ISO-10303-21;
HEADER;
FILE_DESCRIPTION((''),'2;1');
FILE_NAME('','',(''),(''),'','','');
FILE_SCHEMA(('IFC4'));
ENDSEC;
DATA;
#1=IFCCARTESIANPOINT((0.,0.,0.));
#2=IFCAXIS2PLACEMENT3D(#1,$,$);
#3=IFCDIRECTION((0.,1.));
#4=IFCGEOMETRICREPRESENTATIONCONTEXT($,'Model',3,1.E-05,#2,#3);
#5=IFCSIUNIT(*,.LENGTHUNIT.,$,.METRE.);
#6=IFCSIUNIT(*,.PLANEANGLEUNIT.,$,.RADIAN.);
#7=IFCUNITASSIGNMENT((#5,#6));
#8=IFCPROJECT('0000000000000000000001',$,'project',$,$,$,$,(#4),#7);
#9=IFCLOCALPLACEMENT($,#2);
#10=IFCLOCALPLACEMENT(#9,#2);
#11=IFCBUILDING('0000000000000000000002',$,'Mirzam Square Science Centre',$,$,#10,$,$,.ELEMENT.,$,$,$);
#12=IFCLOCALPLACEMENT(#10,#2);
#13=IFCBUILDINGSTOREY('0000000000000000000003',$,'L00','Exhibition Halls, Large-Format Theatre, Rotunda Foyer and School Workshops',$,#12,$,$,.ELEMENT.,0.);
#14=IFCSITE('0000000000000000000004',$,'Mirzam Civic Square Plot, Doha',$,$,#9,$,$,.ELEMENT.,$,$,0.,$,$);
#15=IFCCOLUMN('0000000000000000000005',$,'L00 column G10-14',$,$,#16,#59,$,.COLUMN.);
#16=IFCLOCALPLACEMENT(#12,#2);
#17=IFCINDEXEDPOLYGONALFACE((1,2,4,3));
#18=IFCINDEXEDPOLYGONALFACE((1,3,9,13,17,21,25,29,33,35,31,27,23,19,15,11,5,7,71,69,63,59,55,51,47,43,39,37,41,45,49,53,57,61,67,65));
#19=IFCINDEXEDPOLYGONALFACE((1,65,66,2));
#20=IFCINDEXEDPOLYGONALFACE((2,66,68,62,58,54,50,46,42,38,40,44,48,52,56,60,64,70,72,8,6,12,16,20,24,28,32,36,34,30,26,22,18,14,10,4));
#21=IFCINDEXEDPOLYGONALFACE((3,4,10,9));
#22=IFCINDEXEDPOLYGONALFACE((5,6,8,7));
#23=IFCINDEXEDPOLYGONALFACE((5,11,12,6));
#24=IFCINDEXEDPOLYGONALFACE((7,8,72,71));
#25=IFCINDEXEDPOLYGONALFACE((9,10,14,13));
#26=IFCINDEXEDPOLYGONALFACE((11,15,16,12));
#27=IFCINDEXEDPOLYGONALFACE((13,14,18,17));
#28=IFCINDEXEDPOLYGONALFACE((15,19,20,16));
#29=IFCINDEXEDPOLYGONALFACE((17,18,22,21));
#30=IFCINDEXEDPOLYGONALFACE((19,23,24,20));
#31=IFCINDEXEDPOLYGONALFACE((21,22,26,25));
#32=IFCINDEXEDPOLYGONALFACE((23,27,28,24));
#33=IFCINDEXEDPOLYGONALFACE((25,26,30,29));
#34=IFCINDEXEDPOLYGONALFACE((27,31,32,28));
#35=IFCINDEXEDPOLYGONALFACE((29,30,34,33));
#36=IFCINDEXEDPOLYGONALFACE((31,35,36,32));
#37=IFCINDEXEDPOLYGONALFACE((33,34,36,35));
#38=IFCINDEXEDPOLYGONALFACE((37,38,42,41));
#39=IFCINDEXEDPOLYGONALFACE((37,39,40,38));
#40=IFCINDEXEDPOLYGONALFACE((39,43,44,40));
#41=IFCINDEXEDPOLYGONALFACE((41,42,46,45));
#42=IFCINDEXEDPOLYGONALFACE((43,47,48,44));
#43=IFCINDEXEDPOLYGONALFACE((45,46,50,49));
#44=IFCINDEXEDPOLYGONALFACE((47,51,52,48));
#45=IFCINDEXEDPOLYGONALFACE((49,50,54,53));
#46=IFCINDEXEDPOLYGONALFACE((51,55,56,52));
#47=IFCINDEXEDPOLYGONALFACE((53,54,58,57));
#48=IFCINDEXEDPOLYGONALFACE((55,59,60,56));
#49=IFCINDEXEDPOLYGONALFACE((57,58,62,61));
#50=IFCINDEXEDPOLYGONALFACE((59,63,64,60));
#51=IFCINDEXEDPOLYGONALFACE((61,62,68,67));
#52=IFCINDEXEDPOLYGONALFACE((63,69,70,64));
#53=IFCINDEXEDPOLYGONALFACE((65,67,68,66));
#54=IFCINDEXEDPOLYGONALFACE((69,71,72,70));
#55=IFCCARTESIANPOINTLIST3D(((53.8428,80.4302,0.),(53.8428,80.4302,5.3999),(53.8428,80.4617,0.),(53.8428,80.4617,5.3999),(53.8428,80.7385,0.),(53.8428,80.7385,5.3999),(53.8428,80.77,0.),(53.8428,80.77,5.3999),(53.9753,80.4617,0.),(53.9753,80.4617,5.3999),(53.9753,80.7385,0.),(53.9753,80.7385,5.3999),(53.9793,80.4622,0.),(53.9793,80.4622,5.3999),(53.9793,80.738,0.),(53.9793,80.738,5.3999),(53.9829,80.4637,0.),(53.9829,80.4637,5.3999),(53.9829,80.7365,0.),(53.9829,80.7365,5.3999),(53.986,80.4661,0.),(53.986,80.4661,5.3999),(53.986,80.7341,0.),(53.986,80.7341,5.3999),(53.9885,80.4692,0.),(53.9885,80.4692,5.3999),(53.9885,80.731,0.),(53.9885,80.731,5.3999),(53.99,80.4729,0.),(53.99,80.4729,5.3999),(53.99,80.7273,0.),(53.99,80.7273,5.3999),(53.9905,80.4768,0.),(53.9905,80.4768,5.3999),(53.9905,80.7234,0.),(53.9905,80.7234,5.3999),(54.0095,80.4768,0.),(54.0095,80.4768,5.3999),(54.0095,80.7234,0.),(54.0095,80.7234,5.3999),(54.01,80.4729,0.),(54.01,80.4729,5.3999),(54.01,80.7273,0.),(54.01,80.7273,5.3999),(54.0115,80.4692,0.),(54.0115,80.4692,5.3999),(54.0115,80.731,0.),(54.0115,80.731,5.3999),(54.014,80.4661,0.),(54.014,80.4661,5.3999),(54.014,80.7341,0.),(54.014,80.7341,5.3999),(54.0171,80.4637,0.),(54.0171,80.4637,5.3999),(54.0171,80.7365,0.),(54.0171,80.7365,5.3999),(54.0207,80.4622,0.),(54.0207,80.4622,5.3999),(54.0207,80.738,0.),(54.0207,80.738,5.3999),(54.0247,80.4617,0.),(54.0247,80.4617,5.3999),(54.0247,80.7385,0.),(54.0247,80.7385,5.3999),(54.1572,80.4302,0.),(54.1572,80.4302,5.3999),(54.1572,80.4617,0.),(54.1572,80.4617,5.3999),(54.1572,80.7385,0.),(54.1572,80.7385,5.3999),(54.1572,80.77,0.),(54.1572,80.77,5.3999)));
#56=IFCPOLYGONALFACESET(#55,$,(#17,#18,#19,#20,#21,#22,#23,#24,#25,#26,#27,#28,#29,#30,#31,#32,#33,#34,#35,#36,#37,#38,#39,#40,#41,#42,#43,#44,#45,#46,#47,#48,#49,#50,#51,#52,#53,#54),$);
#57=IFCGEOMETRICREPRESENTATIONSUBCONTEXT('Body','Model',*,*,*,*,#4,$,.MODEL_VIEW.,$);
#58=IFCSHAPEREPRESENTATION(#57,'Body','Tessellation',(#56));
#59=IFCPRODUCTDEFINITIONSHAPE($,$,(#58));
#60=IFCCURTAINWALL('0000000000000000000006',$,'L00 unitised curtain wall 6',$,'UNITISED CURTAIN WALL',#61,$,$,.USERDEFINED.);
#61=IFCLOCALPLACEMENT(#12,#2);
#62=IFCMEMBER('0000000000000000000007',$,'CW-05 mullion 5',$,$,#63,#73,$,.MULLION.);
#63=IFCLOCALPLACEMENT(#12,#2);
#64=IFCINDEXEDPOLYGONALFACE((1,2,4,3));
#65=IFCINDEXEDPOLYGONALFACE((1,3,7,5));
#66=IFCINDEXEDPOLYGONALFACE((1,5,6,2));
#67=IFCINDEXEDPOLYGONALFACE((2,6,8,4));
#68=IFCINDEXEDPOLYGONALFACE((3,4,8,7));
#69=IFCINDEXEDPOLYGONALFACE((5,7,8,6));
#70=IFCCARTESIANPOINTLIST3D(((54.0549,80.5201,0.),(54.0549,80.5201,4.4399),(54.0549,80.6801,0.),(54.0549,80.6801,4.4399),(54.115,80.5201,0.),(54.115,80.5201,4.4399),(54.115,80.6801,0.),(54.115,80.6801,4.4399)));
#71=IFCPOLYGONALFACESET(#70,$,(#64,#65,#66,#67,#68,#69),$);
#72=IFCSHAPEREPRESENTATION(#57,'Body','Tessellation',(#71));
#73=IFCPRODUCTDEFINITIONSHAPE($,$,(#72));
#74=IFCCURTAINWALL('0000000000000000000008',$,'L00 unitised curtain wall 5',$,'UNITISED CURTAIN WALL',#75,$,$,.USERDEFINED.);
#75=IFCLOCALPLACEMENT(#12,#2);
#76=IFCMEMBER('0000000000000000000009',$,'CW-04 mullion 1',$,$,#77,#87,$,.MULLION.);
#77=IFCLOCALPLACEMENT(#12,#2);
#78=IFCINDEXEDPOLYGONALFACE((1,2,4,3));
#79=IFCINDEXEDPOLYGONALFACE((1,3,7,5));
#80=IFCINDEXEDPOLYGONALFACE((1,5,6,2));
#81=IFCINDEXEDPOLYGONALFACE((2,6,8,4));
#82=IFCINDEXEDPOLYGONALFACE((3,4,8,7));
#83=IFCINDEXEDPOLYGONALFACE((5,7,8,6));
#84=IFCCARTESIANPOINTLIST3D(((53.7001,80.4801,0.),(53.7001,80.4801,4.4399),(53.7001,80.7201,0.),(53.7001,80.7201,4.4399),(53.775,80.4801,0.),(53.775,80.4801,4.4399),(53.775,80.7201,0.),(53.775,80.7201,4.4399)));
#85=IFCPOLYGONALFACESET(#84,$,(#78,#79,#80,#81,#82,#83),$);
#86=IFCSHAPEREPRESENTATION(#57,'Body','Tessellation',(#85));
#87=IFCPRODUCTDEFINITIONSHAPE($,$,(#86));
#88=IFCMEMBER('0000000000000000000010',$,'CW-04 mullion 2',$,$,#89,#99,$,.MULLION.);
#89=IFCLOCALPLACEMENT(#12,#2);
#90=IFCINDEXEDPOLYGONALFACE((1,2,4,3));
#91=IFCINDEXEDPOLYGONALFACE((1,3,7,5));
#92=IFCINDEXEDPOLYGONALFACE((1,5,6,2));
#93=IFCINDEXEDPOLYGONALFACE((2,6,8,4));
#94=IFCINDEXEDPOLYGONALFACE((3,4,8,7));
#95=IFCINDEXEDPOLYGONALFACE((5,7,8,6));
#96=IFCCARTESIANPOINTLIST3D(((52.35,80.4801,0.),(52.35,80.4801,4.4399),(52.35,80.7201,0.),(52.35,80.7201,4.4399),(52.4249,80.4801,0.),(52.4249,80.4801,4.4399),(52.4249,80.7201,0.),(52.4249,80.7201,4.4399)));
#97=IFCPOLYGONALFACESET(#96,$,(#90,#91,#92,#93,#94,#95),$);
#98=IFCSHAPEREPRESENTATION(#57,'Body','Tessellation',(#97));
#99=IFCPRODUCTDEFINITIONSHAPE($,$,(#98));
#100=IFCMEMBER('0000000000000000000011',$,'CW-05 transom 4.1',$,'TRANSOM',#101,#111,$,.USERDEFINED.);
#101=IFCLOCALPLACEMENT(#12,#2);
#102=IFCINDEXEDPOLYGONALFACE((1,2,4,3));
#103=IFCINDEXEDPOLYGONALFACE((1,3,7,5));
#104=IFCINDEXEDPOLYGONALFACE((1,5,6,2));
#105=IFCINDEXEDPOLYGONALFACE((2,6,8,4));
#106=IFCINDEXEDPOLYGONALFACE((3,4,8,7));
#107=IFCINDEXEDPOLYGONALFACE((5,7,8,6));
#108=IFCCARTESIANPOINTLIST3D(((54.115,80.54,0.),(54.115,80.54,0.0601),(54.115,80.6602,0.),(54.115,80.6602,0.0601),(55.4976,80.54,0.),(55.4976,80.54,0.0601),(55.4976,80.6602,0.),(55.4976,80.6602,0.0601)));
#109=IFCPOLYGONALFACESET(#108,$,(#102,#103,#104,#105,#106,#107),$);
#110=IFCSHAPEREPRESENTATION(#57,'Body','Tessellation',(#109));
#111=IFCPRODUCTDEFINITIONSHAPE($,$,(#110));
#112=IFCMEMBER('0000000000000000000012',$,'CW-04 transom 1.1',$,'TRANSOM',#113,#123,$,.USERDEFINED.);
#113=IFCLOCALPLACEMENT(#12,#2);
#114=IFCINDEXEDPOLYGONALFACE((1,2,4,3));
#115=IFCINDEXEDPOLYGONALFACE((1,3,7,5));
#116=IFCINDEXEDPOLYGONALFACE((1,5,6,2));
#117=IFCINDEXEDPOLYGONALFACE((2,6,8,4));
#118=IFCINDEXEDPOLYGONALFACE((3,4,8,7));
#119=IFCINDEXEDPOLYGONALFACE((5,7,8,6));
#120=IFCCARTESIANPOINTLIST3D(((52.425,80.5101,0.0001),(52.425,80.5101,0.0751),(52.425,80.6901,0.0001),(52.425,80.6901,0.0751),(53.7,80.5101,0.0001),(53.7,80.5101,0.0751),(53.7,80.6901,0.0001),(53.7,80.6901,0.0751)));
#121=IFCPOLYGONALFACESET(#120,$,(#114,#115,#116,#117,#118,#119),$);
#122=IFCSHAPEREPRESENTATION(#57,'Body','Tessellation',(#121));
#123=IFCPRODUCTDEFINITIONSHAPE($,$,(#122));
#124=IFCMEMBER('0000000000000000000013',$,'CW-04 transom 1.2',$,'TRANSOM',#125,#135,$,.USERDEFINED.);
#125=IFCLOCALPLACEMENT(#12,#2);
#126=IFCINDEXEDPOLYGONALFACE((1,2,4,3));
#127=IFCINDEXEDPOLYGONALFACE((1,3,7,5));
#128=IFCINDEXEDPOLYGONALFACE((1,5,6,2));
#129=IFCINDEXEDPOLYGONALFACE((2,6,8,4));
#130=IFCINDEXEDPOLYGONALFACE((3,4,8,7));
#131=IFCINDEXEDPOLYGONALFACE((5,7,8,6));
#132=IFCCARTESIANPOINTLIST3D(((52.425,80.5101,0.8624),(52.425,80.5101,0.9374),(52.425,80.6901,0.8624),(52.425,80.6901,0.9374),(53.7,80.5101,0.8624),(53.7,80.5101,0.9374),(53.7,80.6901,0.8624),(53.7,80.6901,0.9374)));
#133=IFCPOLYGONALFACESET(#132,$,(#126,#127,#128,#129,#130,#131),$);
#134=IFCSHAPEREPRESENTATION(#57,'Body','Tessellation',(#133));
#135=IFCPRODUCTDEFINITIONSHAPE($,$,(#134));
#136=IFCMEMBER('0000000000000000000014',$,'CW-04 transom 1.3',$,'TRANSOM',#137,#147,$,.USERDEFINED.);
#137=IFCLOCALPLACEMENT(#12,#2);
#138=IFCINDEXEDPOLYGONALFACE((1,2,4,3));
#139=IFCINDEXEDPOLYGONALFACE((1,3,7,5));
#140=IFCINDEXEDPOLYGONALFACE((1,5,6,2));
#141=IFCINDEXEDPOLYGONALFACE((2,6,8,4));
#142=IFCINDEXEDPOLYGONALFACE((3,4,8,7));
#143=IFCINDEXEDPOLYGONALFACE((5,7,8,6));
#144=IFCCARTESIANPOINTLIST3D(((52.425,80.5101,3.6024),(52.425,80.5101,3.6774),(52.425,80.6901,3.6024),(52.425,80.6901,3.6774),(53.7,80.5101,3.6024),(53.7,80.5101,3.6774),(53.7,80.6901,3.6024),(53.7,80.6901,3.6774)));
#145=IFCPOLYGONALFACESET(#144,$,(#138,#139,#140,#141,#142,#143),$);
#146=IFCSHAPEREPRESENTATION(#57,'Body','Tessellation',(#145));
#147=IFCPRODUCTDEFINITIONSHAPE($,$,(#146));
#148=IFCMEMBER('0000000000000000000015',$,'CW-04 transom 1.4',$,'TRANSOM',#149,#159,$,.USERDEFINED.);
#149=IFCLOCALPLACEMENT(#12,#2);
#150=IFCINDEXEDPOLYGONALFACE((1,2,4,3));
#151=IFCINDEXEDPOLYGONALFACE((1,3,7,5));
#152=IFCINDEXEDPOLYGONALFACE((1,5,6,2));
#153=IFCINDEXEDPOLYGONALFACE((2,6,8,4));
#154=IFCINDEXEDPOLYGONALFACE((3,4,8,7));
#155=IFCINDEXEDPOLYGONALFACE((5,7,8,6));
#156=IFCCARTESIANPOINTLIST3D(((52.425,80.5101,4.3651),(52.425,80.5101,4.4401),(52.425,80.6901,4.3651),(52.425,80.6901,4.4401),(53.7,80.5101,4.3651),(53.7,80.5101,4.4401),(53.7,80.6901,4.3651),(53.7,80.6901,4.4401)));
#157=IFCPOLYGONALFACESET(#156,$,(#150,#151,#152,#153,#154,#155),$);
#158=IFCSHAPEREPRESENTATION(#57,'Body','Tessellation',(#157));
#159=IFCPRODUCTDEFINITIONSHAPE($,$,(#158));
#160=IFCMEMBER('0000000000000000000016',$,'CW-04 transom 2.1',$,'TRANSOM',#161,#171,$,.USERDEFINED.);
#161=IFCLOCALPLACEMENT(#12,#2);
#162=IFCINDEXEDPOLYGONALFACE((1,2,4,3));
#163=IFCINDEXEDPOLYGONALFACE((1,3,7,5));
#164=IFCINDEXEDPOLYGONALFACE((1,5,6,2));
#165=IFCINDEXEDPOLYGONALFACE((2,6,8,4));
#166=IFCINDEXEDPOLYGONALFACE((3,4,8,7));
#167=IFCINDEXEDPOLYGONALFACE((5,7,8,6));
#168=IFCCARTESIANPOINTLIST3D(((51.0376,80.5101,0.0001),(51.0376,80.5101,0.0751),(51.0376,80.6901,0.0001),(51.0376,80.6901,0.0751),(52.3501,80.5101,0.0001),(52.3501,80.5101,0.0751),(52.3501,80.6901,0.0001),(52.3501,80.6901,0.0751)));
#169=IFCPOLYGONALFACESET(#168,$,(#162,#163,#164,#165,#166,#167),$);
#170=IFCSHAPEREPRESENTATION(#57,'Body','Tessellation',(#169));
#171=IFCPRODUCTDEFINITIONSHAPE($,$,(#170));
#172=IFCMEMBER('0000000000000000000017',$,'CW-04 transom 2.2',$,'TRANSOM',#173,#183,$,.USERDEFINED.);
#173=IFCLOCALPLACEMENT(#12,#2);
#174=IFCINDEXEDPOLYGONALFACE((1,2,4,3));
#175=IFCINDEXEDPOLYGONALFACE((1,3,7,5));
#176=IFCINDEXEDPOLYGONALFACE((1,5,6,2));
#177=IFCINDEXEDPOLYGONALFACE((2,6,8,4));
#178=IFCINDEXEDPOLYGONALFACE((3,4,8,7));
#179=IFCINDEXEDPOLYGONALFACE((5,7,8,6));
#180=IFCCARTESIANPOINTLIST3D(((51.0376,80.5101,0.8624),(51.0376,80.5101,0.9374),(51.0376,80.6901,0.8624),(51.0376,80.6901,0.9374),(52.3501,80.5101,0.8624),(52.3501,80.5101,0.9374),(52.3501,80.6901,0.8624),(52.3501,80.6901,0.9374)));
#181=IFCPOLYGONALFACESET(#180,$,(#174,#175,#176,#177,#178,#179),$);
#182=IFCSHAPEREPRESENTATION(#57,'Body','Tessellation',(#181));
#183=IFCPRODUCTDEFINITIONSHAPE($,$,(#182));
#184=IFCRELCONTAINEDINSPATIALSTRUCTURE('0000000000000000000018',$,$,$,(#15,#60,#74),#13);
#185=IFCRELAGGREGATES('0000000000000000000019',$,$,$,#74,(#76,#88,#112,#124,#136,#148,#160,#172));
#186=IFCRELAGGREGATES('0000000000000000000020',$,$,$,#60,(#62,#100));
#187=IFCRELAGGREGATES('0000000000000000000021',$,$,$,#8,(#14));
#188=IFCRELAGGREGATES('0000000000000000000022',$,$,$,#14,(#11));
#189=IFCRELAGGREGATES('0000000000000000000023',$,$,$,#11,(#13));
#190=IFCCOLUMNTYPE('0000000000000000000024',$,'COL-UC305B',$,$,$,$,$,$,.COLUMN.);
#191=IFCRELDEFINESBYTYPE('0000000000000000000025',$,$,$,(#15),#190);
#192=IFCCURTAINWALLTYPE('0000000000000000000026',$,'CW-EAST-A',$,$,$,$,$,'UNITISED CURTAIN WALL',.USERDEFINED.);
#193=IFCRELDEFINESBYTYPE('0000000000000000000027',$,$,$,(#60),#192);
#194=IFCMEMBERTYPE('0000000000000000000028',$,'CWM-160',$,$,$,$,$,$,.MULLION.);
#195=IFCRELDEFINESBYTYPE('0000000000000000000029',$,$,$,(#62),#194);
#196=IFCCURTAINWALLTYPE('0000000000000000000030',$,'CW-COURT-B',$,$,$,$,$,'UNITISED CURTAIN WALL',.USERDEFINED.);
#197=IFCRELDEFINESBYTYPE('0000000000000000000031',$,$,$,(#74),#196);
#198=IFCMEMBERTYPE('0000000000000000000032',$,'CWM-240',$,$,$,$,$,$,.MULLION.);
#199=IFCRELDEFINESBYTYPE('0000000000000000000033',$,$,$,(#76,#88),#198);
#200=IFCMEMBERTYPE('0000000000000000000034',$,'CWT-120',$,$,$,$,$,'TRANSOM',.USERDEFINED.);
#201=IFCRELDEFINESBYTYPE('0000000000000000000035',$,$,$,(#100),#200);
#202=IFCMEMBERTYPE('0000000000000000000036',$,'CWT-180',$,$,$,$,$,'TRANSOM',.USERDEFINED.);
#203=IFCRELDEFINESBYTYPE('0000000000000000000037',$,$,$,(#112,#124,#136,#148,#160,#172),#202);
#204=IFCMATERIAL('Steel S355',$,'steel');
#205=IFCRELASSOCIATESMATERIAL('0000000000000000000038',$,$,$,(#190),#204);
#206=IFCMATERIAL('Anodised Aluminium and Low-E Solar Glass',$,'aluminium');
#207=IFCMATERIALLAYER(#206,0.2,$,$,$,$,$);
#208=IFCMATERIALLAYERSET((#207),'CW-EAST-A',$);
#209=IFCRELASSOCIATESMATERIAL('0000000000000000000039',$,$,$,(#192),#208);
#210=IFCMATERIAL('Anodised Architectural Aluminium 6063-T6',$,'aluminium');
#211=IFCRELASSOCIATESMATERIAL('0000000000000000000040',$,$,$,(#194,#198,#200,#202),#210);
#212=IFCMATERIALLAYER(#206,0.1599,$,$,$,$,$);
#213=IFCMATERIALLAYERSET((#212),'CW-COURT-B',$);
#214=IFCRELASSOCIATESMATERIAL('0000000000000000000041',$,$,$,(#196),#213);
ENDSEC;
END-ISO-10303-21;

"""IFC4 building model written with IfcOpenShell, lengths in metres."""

from ifc_helpers import new_model, si_unit, direction, frame, origin, origin_2d, place, context, subcontext, project, spatial, rectangle, i_section, extrude, material, layer, layer_set, material_profile, profile_set, type_object, element, aggregate, save


model = new_model("IFC4")

# Units and contexts
model_context = context("Model", 3, precision=1e-05, world=origin(), true_north=direction((0.0, 1.0)))
body_context = subcontext(model_context, "Body", "Model", "MODEL_VIEW")
ifc_project = project(units=[si_unit("LENGTHUNIT", "METRE"), si_unit("PLANEANGLEUNIT", "RADIAN")], contexts=[model_context])

# Site, building, storey
site_placement = place(None, origin())
site = spatial("IfcSite", under=ifc_project, at=site_placement, Name="Mirzam Civic Square Plot, Doha", CompositionType="ELEMENT", RefElevation=0.0)
building_placement = place(site_placement, origin())
building = spatial("IfcBuilding", under=site, at=building_placement, Name="Mirzam Square Science Centre", CompositionType="ELEMENT")
storey_placement = place(building_placement, origin())
storey = spatial("IfcBuildingStorey", under=building, at=storey_placement, Name="L00", Description="Exhibition Halls, Large-Format Theatre, Rotunda Foyer and School Workshops", CompositionType="ELEMENT", Elevation=0.0)

# Column
ifc_material_1 = material(Name="Steel S355", Category="steel")
ifc_material_profile_1 = material_profile(ifc_material_1, i_section(OverallWidth=0.3145, OverallDepth=0.3398, WebThickness=0.019, FlangeThickness=0.0315, FilletRadius=0.0151, at=origin_2d()), Name="305x305x198UC")
ifc_profile_set_1 = profile_set([ifc_material_profile_1], Name="Steel S355")
column_type = type_object("IfcColumnType", Name="COL-UC305B", PredefinedType="COLUMN", material=ifc_profile_set_1)
column_placement = place(storey_placement, frame((54.0, 80.6001, 0.0), z_axis=(0.0, 0.0, 1.0), x_axis=(1.0, 0.0, 0.0)))
element("IfcColumn", 1, at=column_placement, inside=storey, type_object=column_type, Name="L00 column G10-14", PredefinedType="COLUMN", context=body_context, shape_type="SweptSolid", body=[
    extrude(i_section(OverallWidth=0.3145, OverallDepth=0.3398, WebThickness=0.019, FlangeThickness=0.0315, FilletRadius=0.0151, at=origin_2d()), origin(), (0.0, 0.0, 1.0), 5.3999),
])

# Curtain wall, member
ifc_material_2 = material(Name="Anodised Aluminium and Low-E Solar Glass", Category="aluminium")
ifc_layer_1 = layer(ifc_material_2, 0.2)
ifc_layer_set_1 = layer_set([ifc_layer_1], Name="CW-EAST-A")
curtain_wall_type_1 = type_object("IfcCurtainWallType", Name="CW-EAST-A", ElementType="UNITISED CURTAIN WALL", PredefinedType="USERDEFINED", material=ifc_layer_set_1)
curtain_wall_1_placement = place(storey_placement, origin())
curtain_wall_1 = element("IfcCurtainWall", 2, at=curtain_wall_1_placement, inside=storey, type_object=curtain_wall_type_1, Name="L00 unitised curtain wall 6", ObjectType="UNITISED CURTAIN WALL", PredefinedType="USERDEFINED")
ifc_material_3 = material(Name="Anodised Architectural Aluminium 6063-T6", Category="aluminium")
ifc_material_profile_2 = material_profile(ifc_material_3, rectangle(XDim=0.0601, YDim=0.1599, at=origin_2d()), Name="ALU-MULL-160x60x4")
ifc_profile_set_2 = profile_set([ifc_material_profile_2], Name="Anodised Architectural Aluminium 6063-T6")
member_type_1 = type_object("IfcMemberType", Name="CWM-160", PredefinedType="MULLION", material=ifc_profile_set_2)
member_1_placement = place(storey_placement, frame((54.085, 80.6001, 0.0), z_axis=(0.0, 0.0, 1.0), x_axis=(-1.0, 0.0, 0.0)))
member_1 = element("IfcMember", 3, at=member_1_placement, type_object=member_type_1, Name="CW-05 mullion 5", PredefinedType="MULLION", context=body_context, shape_type="SweptSolid", body=[
    extrude(rectangle(XDim=0.0601, YDim=0.1599, at=origin_2d()), origin(), (0.0, 0.0, 1.0), 4.4399),
])

# Curtain wall, members
ifc_layer_2 = layer(ifc_material_2, 0.1599)
ifc_layer_set_2 = layer_set([ifc_layer_2], Name="CW-COURT-B")
curtain_wall_type_2 = type_object("IfcCurtainWallType", Name="CW-COURT-B", ElementType="UNITISED CURTAIN WALL", PredefinedType="USERDEFINED", material=ifc_layer_set_2)
curtain_wall_2_placement = place(storey_placement, origin())
curtain_wall_2 = element("IfcCurtainWall", 4, at=curtain_wall_2_placement, inside=storey, type_object=curtain_wall_type_2, Name="L00 unitised curtain wall 5", ObjectType="UNITISED CURTAIN WALL", PredefinedType="USERDEFINED")
ifc_material_profile_3 = material_profile(ifc_material_3, rectangle(XDim=0.075, YDim=0.24, at=origin_2d()), Name="ALU-MULL-240x75x5")
ifc_profile_set_3 = profile_set([ifc_material_profile_3], Name="Anodised Architectural Aluminium 6063-T6")
member_type_2 = type_object("IfcMemberType", Name="CWM-240", PredefinedType="MULLION", material=ifc_profile_set_3)
member_2_placement = place(storey_placement, frame((53.7375, 80.6001, 0.0), z_axis=(0.0, 0.0, 1.0), x_axis=(-1.0, 0.0, 0.0)))
member_2 = element("IfcMember", 5, at=member_2_placement, type_object=member_type_2, Name="CW-04 mullion 1", PredefinedType="MULLION", context=body_context, shape_type="SweptSolid", body=[
    extrude(rectangle(XDim=0.075, YDim=0.24, at=origin_2d()), origin(), (0.0, 0.0, 1.0), 4.4399),
])
member_3_placement = place(storey_placement, frame((52.3875, 80.6001, 0.0), z_axis=(0.0, 0.0, 1.0), x_axis=(-1.0, 0.0, 0.0)))
member_3 = element("IfcMember", 6, at=member_3_placement, type_object=member_type_2, Name="CW-04 mullion 2", PredefinedType="MULLION", context=body_context, shape_type="SweptSolid", body=[
    extrude(rectangle(XDim=0.075, YDim=0.24, at=origin_2d()), origin(), (0.0, 0.0, 1.0), 4.4399),
])

# Members
ifc_material_profile_4 = material_profile(ifc_material_3, rectangle(XDim=0.1201, YDim=0.0601, at=origin_2d()), Name="ALU-TRAN-120x60x4")
ifc_profile_set_4 = profile_set([ifc_material_profile_4], Name="Anodised Architectural Aluminium 6063-T6")
member_type_3 = type_object("IfcMemberType", Name="CWT-120", ElementType="TRANSOM", PredefinedType="USERDEFINED", material=ifc_profile_set_4)
member_4_placement = place(storey_placement, frame((55.4976, 80.6001, 0.03), z_axis=(-1.0, 0.0, 0.0), x_axis=(0.0, -1.0, 0.0)))
member_4 = element("IfcMember", 7, at=member_4_placement, type_object=member_type_3, Name="CW-05 transom 4.1", ObjectType="TRANSOM", PredefinedType="USERDEFINED", context=body_context, shape_type="SweptSolid", body=[
    extrude(rectangle(XDim=0.1201, YDim=0.0601, at=origin_2d()), origin(), (0.0, 0.0, 1.0), 1.3826),
])
ifc_material_profile_5 = material_profile(ifc_material_3, rectangle(XDim=0.1799, YDim=0.075, at=origin_2d()), Name="ALU-TRAN-180x75x5")
ifc_profile_set_5 = profile_set([ifc_material_profile_5], Name="Anodised Architectural Aluminium 6063-T6")
member_type_4 = type_object("IfcMemberType", Name="CWT-180", ElementType="TRANSOM", PredefinedType="USERDEFINED", material=ifc_profile_set_5)
member_5_placement = place(storey_placement, frame((53.7, 80.6001, 0.0376), z_axis=(-1.0, 0.0, 0.0), x_axis=(0.0, -1.0, 0.0)))
member_5 = element("IfcMember", 8, at=member_5_placement, type_object=member_type_4, Name="CW-04 transom 1.1", ObjectType="TRANSOM", PredefinedType="USERDEFINED", context=body_context, shape_type="SweptSolid", body=[
    extrude(rectangle(XDim=0.1799, YDim=0.075, at=origin_2d()), origin(), (0.0, 0.0, 1.0), 1.2749),
])
member_6_placement = place(storey_placement, frame((53.7, 80.6001, 0.8999), z_axis=(-1.0, 0.0, 0.0), x_axis=(0.0, -1.0, 0.0)))
member_6 = element("IfcMember", 9, at=member_6_placement, type_object=member_type_4, Name="CW-04 transom 1.2", ObjectType="TRANSOM", PredefinedType="USERDEFINED", context=body_context, shape_type="SweptSolid", body=[
    extrude(rectangle(XDim=0.1799, YDim=0.075, at=origin_2d()), origin(), (0.0, 0.0, 1.0), 1.2749),
])
member_7_placement = place(storey_placement, frame((53.7, 80.6001, 3.6399), z_axis=(-1.0, 0.0, 0.0), x_axis=(0.0, -1.0, 0.0)))
member_7 = element("IfcMember", 10, at=member_7_placement, type_object=member_type_4, Name="CW-04 transom 1.3", ObjectType="TRANSOM", PredefinedType="USERDEFINED", context=body_context, shape_type="SweptSolid", body=[
    extrude(rectangle(XDim=0.1799, YDim=0.075, at=origin_2d()), origin(), (0.0, 0.0, 1.0), 1.2749),
])
member_8_placement = place(storey_placement, frame((53.7, 80.6001, 4.4026), z_axis=(-1.0, 0.0, 0.0), x_axis=(0.0, -1.0, 0.0)))
member_8 = element("IfcMember", 11, at=member_8_placement, type_object=member_type_4, Name="CW-04 transom 1.4", ObjectType="TRANSOM", PredefinedType="USERDEFINED", context=body_context, shape_type="SweptSolid", body=[
    extrude(rectangle(XDim=0.1799, YDim=0.075, at=origin_2d()), origin(), (0.0, 0.0, 1.0), 1.2749),
])
member_9_placement = place(storey_placement, frame((52.3501, 80.6001, 0.0376), z_axis=(-1.0, 0.0, 0.0), x_axis=(0.0, -1.0, 0.0)))
member_9 = element("IfcMember", 12, at=member_9_placement, type_object=member_type_4, Name="CW-04 transom 2.1", ObjectType="TRANSOM", PredefinedType="USERDEFINED", context=body_context, shape_type="SweptSolid", body=[
    extrude(rectangle(XDim=0.1799, YDim=0.075, at=origin_2d()), origin(), (0.0, 0.0, 1.0), 1.3125),
])
member_10_placement = place(storey_placement, frame((52.3501, 80.6001, 0.8999), z_axis=(-1.0, 0.0, 0.0), x_axis=(0.0, -1.0, 0.0)))
member_10 = element("IfcMember", 13, at=member_10_placement, type_object=member_type_4, Name="CW-04 transom 2.2", ObjectType="TRANSOM", PredefinedType="USERDEFINED", context=body_context, shape_type="SweptSolid", body=[
    extrude(rectangle(XDim=0.1799, YDim=0.075, at=origin_2d()), origin(), (0.0, 0.0, 1.0), 1.3125),
])

aggregate(curtain_wall_2, [member_2, member_3, member_5, member_6, member_7, member_8, member_9, member_10])
aggregate(curtain_wall_1, [member_1, member_4])

save(model, "model.ifc")
